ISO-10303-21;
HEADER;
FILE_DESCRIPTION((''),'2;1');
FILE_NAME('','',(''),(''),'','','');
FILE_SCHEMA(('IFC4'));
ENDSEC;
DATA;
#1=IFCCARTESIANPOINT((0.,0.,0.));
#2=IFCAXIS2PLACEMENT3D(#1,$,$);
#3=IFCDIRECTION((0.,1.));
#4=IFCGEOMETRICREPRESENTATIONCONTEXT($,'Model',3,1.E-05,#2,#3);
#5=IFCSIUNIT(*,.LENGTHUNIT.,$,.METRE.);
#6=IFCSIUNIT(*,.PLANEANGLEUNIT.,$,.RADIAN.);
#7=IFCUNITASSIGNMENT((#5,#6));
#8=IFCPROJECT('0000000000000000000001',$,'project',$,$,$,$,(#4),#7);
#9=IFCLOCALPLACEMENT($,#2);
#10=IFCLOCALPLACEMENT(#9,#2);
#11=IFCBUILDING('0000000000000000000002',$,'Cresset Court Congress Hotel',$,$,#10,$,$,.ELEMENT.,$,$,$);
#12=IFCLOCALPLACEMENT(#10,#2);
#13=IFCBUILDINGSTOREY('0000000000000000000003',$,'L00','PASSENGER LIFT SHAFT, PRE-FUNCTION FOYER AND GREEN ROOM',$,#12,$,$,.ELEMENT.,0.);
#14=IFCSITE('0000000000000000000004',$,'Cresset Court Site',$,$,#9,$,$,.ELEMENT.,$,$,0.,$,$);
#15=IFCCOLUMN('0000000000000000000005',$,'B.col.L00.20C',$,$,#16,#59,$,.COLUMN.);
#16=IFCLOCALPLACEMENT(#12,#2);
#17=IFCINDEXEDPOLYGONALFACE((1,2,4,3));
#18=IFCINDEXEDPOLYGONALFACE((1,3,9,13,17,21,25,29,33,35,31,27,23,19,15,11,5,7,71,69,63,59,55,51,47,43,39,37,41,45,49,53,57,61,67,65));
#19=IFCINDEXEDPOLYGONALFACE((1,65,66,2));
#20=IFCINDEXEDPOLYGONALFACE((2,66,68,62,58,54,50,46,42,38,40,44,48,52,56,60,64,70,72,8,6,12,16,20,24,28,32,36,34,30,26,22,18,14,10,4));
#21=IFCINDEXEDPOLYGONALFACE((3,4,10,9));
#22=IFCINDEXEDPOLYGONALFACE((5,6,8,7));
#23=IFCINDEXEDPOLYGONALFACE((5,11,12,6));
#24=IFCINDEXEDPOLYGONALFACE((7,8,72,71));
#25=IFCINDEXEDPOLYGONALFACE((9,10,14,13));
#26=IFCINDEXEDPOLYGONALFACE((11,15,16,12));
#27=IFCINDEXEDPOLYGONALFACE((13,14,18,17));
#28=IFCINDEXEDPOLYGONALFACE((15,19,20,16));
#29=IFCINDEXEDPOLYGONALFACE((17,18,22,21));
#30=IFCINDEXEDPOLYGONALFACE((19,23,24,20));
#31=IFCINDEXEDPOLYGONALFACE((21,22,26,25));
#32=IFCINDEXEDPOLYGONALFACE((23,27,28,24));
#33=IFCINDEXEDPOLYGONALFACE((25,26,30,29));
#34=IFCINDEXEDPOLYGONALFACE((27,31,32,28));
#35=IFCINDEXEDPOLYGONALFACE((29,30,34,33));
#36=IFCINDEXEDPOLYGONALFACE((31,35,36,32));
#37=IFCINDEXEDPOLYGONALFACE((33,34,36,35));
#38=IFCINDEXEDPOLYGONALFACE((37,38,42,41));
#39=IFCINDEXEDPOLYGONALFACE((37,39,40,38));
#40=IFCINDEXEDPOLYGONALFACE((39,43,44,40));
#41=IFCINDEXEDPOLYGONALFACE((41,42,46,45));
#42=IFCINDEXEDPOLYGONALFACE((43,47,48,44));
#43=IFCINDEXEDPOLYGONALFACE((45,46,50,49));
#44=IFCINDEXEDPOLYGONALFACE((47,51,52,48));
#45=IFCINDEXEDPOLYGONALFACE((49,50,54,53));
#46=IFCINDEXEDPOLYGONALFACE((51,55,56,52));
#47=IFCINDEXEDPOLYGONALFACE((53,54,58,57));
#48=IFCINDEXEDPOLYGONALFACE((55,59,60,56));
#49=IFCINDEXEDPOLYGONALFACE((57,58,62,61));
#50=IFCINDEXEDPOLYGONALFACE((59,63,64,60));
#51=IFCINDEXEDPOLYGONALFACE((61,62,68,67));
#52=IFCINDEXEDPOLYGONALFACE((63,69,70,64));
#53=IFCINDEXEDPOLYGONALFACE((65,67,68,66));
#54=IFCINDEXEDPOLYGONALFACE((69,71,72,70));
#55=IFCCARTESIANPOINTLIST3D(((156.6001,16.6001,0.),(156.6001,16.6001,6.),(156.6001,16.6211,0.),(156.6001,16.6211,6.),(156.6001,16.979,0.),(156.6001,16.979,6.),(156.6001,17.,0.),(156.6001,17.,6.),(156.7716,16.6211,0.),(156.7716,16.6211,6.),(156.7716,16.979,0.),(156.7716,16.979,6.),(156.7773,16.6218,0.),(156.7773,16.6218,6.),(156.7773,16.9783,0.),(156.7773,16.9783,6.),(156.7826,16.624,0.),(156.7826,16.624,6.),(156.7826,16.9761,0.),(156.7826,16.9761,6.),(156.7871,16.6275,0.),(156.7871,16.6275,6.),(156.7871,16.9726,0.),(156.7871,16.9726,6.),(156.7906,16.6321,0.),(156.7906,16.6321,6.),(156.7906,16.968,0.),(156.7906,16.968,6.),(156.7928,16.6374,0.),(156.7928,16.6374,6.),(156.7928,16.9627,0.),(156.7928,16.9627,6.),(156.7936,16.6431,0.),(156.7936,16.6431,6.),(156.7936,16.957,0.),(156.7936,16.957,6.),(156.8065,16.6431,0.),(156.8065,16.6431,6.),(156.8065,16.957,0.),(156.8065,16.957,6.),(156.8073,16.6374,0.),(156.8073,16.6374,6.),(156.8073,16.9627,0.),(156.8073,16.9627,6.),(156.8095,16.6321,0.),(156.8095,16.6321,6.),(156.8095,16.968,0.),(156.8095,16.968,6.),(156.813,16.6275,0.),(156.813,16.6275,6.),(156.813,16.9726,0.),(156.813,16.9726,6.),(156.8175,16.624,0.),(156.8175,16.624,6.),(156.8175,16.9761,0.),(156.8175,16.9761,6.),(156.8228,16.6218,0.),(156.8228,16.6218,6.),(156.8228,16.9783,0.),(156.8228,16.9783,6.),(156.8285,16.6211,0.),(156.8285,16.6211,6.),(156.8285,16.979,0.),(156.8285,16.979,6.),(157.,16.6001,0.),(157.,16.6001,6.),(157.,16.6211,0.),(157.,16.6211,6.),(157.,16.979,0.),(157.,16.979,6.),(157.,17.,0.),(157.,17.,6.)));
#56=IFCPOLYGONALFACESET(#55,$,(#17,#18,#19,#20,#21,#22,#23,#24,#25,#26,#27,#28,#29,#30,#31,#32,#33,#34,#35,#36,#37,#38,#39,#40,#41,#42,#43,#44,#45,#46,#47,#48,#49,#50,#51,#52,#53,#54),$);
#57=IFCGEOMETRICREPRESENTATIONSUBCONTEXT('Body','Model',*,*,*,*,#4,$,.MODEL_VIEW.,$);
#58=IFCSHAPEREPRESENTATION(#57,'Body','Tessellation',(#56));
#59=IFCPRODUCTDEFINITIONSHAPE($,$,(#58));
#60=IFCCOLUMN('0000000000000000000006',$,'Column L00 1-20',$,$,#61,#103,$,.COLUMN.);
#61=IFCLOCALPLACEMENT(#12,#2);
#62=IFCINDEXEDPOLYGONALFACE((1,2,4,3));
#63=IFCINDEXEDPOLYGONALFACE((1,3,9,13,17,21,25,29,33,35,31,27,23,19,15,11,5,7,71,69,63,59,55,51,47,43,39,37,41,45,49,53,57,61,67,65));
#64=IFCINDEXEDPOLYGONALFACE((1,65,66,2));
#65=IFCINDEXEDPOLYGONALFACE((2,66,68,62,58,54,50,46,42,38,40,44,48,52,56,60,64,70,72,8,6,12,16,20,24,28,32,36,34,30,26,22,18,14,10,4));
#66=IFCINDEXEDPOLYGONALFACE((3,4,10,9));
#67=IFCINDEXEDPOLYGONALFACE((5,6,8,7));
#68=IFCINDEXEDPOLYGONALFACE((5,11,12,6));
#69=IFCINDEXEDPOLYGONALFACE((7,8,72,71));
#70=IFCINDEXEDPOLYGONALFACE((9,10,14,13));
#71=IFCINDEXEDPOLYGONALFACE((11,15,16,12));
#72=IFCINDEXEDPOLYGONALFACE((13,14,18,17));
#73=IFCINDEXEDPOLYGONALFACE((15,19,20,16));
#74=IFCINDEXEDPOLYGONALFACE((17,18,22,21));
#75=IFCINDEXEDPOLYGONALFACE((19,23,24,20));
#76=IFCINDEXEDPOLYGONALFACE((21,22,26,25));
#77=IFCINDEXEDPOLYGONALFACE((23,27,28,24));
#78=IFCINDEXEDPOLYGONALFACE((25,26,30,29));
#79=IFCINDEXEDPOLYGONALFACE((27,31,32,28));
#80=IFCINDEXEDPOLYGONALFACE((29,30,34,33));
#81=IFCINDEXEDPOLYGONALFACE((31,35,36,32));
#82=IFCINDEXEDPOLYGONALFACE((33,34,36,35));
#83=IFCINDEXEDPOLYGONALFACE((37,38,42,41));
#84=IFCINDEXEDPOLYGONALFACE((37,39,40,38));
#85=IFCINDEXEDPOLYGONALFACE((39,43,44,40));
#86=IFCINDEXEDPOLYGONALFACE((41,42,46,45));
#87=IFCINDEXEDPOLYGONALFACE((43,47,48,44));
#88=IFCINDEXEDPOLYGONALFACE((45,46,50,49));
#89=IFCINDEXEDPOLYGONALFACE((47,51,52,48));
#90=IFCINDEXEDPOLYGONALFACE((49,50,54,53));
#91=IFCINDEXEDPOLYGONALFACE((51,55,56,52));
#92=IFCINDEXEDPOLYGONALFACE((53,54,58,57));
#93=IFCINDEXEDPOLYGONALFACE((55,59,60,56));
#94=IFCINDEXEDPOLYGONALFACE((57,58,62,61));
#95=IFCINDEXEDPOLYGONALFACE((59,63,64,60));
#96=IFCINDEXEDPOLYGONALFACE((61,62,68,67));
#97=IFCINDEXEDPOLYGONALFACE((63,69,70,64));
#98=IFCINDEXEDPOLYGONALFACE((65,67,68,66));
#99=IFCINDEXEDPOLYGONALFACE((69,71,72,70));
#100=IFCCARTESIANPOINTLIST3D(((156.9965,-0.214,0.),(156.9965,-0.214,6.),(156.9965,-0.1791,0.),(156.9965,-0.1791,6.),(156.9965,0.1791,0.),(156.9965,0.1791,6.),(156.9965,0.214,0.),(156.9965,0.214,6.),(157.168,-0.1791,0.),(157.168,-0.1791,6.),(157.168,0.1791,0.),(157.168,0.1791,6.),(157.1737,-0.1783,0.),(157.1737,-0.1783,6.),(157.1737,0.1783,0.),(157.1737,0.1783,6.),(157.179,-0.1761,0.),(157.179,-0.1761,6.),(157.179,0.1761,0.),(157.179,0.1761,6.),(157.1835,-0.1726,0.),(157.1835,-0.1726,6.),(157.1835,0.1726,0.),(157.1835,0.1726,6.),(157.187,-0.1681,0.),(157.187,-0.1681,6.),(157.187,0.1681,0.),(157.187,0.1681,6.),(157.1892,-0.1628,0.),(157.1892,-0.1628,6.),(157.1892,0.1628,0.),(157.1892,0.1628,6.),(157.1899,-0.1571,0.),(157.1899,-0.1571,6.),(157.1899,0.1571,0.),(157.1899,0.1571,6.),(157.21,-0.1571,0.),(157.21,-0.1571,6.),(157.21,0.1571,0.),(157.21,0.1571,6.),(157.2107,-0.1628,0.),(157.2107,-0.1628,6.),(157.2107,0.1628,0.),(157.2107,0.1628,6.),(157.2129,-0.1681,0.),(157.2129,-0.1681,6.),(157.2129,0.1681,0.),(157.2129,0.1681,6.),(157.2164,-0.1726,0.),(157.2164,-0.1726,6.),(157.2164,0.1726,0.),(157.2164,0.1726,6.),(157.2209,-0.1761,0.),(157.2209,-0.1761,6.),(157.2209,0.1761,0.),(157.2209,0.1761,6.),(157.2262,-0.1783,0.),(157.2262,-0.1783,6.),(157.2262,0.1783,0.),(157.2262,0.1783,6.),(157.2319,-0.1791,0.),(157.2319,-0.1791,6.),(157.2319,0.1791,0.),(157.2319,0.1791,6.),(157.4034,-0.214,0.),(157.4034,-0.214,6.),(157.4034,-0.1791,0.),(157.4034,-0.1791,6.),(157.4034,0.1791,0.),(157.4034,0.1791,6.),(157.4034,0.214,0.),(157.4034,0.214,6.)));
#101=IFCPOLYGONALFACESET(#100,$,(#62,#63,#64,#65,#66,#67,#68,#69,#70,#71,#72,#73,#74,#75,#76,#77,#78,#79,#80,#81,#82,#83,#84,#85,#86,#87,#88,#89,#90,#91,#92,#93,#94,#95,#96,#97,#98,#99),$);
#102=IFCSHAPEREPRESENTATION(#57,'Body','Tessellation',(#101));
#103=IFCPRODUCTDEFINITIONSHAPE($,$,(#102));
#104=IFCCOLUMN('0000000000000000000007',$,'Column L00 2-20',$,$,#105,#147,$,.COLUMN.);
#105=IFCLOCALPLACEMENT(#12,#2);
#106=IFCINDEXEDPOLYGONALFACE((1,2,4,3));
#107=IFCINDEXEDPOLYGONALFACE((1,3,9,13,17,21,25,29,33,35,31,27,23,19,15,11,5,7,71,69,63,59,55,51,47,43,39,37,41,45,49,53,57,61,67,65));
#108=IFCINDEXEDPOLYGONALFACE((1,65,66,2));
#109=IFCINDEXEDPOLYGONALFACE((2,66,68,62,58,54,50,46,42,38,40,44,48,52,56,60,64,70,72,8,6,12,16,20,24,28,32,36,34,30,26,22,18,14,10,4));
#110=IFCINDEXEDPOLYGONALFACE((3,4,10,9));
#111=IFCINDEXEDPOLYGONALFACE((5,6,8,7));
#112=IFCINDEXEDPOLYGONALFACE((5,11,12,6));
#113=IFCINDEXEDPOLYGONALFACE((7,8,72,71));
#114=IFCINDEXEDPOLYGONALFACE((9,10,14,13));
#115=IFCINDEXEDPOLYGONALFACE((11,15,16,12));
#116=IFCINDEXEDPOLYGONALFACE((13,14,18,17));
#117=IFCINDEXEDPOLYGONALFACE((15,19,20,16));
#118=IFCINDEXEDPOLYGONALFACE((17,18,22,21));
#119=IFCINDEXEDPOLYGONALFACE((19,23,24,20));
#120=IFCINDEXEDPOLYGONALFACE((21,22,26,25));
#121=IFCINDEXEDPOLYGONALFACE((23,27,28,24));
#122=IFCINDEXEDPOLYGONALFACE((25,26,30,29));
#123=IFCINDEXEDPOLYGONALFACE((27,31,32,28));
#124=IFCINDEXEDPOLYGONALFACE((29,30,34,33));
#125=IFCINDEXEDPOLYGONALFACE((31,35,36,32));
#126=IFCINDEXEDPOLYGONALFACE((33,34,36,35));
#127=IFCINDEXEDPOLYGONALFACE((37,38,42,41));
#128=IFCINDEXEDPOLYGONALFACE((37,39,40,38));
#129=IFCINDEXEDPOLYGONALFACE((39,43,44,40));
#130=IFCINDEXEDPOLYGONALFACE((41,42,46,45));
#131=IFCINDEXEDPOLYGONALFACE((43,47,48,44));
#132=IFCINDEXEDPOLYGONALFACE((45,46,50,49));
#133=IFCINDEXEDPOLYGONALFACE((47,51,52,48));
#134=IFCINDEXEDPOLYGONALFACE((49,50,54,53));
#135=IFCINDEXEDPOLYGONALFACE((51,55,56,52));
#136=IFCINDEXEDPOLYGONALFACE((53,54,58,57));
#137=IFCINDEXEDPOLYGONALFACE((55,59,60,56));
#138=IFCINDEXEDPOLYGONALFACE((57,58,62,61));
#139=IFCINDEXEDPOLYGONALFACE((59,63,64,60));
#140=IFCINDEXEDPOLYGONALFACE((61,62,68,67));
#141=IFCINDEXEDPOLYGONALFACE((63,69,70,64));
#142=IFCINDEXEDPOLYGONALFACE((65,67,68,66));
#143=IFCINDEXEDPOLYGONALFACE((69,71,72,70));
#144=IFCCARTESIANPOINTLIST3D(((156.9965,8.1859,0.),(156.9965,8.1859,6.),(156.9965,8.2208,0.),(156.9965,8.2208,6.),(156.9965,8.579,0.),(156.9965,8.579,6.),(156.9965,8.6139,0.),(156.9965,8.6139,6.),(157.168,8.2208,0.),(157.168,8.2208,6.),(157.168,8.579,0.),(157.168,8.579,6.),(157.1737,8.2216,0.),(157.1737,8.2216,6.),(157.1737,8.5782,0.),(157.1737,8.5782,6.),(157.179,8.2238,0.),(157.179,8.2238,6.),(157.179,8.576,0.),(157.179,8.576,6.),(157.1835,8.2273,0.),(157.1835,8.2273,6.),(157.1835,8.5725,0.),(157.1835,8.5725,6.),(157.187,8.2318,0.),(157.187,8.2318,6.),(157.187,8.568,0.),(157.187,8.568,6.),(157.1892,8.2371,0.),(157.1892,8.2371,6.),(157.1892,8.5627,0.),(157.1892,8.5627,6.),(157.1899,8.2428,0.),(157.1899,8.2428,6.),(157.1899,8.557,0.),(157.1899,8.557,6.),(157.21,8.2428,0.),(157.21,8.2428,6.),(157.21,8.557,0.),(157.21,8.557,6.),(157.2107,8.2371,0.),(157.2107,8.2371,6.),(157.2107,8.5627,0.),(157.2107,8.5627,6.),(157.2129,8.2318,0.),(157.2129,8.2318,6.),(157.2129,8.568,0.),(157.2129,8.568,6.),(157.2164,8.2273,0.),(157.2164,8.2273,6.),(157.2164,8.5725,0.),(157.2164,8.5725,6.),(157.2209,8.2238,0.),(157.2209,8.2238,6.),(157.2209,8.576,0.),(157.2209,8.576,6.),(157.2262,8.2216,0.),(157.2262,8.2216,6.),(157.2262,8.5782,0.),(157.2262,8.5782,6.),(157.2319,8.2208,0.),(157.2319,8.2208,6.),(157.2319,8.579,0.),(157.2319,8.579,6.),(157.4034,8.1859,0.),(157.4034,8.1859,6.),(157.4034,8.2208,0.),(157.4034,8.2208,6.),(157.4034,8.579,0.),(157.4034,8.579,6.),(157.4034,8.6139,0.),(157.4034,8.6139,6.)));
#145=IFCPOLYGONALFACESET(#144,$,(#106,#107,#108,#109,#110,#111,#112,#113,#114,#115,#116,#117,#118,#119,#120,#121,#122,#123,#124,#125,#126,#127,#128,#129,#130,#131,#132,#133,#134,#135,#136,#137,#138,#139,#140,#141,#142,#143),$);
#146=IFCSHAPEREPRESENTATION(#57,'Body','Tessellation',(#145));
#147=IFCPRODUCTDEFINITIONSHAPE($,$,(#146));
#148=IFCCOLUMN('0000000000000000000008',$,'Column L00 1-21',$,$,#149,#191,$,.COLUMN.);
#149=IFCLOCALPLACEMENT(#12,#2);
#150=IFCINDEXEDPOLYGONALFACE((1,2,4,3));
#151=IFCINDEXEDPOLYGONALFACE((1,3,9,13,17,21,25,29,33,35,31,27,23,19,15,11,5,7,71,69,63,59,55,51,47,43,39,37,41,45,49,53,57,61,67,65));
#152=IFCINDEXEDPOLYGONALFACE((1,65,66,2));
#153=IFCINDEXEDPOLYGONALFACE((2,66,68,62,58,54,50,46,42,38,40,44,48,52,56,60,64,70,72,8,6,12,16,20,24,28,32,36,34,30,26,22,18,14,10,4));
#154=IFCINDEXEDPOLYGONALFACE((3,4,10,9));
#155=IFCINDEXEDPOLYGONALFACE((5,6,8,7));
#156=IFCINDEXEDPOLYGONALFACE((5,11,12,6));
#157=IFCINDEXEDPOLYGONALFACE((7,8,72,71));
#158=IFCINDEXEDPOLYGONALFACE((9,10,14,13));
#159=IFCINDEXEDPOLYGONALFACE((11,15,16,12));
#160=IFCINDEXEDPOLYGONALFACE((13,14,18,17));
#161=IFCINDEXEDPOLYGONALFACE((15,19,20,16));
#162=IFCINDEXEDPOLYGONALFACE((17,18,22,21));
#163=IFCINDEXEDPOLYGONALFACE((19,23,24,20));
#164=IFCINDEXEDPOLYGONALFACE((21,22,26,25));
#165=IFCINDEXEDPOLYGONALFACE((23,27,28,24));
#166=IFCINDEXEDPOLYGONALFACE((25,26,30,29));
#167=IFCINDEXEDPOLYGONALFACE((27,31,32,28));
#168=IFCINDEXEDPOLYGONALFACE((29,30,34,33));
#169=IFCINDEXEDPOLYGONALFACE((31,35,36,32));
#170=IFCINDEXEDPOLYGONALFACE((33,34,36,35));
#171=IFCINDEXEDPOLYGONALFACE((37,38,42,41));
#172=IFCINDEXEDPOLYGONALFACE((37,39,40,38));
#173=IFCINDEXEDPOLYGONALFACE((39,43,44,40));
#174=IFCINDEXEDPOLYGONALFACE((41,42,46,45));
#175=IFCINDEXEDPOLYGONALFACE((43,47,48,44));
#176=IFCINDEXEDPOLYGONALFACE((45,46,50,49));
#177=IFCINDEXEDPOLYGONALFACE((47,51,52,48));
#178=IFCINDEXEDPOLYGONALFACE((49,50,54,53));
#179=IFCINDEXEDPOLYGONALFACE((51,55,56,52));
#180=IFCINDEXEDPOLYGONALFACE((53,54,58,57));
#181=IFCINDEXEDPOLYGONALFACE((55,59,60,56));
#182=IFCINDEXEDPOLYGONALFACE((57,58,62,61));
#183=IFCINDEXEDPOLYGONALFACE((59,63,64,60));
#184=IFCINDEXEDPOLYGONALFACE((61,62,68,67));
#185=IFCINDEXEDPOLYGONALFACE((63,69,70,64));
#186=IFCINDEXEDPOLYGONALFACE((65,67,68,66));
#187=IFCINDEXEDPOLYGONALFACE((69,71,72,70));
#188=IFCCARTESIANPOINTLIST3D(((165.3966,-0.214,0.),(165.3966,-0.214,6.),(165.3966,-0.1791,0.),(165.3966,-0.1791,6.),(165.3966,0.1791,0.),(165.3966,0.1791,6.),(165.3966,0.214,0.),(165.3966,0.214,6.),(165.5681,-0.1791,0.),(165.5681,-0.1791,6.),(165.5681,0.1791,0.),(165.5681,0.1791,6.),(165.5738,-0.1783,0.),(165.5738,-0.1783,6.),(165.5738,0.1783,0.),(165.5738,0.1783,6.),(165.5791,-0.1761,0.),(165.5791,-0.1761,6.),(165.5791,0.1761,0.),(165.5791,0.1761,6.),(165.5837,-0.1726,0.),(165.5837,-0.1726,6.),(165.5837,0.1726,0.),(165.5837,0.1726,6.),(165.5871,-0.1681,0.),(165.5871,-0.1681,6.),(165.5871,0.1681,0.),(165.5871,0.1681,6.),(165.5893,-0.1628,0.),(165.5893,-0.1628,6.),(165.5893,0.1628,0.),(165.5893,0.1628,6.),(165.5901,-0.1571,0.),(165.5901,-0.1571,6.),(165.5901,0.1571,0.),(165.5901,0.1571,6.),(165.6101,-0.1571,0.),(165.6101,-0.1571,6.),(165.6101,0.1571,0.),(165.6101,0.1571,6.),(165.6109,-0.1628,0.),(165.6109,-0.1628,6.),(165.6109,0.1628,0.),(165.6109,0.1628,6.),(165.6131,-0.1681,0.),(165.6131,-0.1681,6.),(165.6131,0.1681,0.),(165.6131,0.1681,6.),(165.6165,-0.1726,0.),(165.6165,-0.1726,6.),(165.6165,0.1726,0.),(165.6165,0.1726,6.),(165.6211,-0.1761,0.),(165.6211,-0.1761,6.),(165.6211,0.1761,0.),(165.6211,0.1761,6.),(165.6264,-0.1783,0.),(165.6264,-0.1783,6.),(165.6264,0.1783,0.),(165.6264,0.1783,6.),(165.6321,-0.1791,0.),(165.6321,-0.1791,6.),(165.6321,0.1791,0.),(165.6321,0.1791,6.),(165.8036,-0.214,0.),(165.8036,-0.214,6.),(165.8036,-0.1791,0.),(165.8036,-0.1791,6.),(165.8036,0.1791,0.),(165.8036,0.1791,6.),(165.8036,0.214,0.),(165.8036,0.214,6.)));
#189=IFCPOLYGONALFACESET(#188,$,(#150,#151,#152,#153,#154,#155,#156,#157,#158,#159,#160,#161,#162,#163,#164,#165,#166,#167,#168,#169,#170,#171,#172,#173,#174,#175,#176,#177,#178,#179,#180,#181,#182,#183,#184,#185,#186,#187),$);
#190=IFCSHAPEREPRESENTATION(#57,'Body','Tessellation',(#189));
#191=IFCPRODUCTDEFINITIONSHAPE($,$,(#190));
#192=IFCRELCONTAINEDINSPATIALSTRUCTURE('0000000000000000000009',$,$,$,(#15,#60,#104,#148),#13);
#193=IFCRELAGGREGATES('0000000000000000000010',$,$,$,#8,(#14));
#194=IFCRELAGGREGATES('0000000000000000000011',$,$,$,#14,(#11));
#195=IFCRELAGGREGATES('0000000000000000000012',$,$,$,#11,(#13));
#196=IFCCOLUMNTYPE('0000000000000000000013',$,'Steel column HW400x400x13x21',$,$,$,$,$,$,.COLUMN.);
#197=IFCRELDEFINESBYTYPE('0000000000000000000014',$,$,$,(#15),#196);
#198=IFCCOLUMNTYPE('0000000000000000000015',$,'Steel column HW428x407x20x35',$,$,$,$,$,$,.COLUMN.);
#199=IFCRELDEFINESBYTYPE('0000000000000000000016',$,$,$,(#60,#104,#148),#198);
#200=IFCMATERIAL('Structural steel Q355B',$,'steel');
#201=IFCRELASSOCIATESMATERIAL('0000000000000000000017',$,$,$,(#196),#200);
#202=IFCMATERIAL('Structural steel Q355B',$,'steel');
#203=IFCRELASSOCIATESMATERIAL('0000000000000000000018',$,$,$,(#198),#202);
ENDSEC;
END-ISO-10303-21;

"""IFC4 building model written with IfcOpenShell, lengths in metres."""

from ifc_helpers import new_model, si_unit, direction, frame, origin, origin_2d, place, context, subcontext, project, spatial, i_section, extrude, material, material_profile, profile_set, type_object, element, save


model = new_model("IFC4")

# Units and contexts
model_context = context("Model", 3, precision=1e-05, world=origin(), true_north=direction((0.0, 1.0)))
body_context = subcontext(model_context, "Body", "Model", "MODEL_VIEW")
ifc_project = project(units=[si_unit("LENGTHUNIT", "METRE"), si_unit("PLANEANGLEUNIT", "RADIAN")], contexts=[model_context])

# Site, building, storey
site_placement = place(None, origin())
site = spatial("IfcSite", under=ifc_project, at=site_placement, Name="Cresset Court Site", CompositionType="ELEMENT", RefElevation=0.0)
building_placement = place(site_placement, origin())
building = spatial("IfcBuilding", under=site, at=building_placement, Name="Cresset Court Congress Hotel", CompositionType="ELEMENT")
storey_placement = place(building_placement, origin())
storey = spatial("IfcBuildingStorey", under=building, at=storey_placement, Name="L00", Description="PASSENGER LIFT SHAFT, PRE-FUNCTION FOYER AND GREEN ROOM", CompositionType="ELEMENT", Elevation=0.0)

# Columns
ifc_material_1 = material(Name="Structural steel Q355B", Category="steel")
ifc_material_profile_1 = material_profile(ifc_material_1, i_section(OverallWidth=0.3999, OverallDepth=0.3999, WebThickness=0.0129, FlangeThickness=0.021, FilletRadius=0.022, at=origin_2d()), Name="HW400x400x13x21")
ifc_profile_set_1 = profile_set([ifc_material_profile_1], Name="Structural steel Q355B")
column_type_1 = type_object("IfcColumnType", Name="Steel column HW400x400x13x21", PredefinedType="COLUMN", material=ifc_profile_set_1)
column_placement = place(storey_placement, frame((156.8, 16.8, 0.0), z_axis=(0.0, 0.0, 1.0), x_axis=(1.0, 0.0, 0.0)))
element("IfcColumn", 1, at=column_placement, inside=storey, type_object=column_type_1, Name="B.col.L00.20C", PredefinedType="COLUMN", context=body_context, shape_type="SweptSolid", body=[
    extrude(i_section(OverallWidth=0.3999, OverallDepth=0.3999, WebThickness=0.0129, FlangeThickness=0.021, FilletRadius=0.022, at=origin_2d()), origin(), (0.0, 0.0, 1.0), 6.0),
])
ifc_material_2 = material(Name="Structural steel Q355B", Category="steel")
ifc_material_profile_2 = material_profile(ifc_material_2, i_section(OverallWidth=0.407, OverallDepth=0.428, WebThickness=0.02, FlangeThickness=0.0349, FilletRadius=0.022, at=origin_2d()), Name="HW428x407x20x35")
ifc_profile_set_2 = profile_set([ifc_material_profile_2], Name="Structural steel Q355B")
column_type_2 = type_object("IfcColumnType", Name="Steel column HW428x407x20x35", PredefinedType="COLUMN", material=ifc_profile_set_2)
for number, where, z_axis, x_axis, name in (
    (2, (157.2, 0.0, 0.0), (0.0, 0.0, 1.0), (1.0, 0.0, 0.0), "Column L00 1-20"),
    (3, (157.2, 8.3999, 0.0), (0.0, 0.0, 1.0), (1.0, 0.0, 0.0), "Column L00 2-20"),
    (4, (165.6001, 0.0, 0.0), (0.0, 0.0, 1.0), (1.0, 0.0, 0.0), "Column L00 1-21"),
):
    element("IfcColumn", number, at=place(storey_placement, frame(where, z_axis=z_axis, x_axis=x_axis)), inside=storey, type_object=column_type_2, Name=name, PredefinedType="COLUMN", context=body_context, shape_type="SweptSolid", body=[
        extrude(i_section(OverallWidth=0.407, OverallDepth=0.428, WebThickness=0.02, FlangeThickness=0.0349, FilletRadius=0.022, at=origin_2d()), origin(), (0.0, 0.0, 1.0), 6.0),
    ])

save(model, "model.ifc")
